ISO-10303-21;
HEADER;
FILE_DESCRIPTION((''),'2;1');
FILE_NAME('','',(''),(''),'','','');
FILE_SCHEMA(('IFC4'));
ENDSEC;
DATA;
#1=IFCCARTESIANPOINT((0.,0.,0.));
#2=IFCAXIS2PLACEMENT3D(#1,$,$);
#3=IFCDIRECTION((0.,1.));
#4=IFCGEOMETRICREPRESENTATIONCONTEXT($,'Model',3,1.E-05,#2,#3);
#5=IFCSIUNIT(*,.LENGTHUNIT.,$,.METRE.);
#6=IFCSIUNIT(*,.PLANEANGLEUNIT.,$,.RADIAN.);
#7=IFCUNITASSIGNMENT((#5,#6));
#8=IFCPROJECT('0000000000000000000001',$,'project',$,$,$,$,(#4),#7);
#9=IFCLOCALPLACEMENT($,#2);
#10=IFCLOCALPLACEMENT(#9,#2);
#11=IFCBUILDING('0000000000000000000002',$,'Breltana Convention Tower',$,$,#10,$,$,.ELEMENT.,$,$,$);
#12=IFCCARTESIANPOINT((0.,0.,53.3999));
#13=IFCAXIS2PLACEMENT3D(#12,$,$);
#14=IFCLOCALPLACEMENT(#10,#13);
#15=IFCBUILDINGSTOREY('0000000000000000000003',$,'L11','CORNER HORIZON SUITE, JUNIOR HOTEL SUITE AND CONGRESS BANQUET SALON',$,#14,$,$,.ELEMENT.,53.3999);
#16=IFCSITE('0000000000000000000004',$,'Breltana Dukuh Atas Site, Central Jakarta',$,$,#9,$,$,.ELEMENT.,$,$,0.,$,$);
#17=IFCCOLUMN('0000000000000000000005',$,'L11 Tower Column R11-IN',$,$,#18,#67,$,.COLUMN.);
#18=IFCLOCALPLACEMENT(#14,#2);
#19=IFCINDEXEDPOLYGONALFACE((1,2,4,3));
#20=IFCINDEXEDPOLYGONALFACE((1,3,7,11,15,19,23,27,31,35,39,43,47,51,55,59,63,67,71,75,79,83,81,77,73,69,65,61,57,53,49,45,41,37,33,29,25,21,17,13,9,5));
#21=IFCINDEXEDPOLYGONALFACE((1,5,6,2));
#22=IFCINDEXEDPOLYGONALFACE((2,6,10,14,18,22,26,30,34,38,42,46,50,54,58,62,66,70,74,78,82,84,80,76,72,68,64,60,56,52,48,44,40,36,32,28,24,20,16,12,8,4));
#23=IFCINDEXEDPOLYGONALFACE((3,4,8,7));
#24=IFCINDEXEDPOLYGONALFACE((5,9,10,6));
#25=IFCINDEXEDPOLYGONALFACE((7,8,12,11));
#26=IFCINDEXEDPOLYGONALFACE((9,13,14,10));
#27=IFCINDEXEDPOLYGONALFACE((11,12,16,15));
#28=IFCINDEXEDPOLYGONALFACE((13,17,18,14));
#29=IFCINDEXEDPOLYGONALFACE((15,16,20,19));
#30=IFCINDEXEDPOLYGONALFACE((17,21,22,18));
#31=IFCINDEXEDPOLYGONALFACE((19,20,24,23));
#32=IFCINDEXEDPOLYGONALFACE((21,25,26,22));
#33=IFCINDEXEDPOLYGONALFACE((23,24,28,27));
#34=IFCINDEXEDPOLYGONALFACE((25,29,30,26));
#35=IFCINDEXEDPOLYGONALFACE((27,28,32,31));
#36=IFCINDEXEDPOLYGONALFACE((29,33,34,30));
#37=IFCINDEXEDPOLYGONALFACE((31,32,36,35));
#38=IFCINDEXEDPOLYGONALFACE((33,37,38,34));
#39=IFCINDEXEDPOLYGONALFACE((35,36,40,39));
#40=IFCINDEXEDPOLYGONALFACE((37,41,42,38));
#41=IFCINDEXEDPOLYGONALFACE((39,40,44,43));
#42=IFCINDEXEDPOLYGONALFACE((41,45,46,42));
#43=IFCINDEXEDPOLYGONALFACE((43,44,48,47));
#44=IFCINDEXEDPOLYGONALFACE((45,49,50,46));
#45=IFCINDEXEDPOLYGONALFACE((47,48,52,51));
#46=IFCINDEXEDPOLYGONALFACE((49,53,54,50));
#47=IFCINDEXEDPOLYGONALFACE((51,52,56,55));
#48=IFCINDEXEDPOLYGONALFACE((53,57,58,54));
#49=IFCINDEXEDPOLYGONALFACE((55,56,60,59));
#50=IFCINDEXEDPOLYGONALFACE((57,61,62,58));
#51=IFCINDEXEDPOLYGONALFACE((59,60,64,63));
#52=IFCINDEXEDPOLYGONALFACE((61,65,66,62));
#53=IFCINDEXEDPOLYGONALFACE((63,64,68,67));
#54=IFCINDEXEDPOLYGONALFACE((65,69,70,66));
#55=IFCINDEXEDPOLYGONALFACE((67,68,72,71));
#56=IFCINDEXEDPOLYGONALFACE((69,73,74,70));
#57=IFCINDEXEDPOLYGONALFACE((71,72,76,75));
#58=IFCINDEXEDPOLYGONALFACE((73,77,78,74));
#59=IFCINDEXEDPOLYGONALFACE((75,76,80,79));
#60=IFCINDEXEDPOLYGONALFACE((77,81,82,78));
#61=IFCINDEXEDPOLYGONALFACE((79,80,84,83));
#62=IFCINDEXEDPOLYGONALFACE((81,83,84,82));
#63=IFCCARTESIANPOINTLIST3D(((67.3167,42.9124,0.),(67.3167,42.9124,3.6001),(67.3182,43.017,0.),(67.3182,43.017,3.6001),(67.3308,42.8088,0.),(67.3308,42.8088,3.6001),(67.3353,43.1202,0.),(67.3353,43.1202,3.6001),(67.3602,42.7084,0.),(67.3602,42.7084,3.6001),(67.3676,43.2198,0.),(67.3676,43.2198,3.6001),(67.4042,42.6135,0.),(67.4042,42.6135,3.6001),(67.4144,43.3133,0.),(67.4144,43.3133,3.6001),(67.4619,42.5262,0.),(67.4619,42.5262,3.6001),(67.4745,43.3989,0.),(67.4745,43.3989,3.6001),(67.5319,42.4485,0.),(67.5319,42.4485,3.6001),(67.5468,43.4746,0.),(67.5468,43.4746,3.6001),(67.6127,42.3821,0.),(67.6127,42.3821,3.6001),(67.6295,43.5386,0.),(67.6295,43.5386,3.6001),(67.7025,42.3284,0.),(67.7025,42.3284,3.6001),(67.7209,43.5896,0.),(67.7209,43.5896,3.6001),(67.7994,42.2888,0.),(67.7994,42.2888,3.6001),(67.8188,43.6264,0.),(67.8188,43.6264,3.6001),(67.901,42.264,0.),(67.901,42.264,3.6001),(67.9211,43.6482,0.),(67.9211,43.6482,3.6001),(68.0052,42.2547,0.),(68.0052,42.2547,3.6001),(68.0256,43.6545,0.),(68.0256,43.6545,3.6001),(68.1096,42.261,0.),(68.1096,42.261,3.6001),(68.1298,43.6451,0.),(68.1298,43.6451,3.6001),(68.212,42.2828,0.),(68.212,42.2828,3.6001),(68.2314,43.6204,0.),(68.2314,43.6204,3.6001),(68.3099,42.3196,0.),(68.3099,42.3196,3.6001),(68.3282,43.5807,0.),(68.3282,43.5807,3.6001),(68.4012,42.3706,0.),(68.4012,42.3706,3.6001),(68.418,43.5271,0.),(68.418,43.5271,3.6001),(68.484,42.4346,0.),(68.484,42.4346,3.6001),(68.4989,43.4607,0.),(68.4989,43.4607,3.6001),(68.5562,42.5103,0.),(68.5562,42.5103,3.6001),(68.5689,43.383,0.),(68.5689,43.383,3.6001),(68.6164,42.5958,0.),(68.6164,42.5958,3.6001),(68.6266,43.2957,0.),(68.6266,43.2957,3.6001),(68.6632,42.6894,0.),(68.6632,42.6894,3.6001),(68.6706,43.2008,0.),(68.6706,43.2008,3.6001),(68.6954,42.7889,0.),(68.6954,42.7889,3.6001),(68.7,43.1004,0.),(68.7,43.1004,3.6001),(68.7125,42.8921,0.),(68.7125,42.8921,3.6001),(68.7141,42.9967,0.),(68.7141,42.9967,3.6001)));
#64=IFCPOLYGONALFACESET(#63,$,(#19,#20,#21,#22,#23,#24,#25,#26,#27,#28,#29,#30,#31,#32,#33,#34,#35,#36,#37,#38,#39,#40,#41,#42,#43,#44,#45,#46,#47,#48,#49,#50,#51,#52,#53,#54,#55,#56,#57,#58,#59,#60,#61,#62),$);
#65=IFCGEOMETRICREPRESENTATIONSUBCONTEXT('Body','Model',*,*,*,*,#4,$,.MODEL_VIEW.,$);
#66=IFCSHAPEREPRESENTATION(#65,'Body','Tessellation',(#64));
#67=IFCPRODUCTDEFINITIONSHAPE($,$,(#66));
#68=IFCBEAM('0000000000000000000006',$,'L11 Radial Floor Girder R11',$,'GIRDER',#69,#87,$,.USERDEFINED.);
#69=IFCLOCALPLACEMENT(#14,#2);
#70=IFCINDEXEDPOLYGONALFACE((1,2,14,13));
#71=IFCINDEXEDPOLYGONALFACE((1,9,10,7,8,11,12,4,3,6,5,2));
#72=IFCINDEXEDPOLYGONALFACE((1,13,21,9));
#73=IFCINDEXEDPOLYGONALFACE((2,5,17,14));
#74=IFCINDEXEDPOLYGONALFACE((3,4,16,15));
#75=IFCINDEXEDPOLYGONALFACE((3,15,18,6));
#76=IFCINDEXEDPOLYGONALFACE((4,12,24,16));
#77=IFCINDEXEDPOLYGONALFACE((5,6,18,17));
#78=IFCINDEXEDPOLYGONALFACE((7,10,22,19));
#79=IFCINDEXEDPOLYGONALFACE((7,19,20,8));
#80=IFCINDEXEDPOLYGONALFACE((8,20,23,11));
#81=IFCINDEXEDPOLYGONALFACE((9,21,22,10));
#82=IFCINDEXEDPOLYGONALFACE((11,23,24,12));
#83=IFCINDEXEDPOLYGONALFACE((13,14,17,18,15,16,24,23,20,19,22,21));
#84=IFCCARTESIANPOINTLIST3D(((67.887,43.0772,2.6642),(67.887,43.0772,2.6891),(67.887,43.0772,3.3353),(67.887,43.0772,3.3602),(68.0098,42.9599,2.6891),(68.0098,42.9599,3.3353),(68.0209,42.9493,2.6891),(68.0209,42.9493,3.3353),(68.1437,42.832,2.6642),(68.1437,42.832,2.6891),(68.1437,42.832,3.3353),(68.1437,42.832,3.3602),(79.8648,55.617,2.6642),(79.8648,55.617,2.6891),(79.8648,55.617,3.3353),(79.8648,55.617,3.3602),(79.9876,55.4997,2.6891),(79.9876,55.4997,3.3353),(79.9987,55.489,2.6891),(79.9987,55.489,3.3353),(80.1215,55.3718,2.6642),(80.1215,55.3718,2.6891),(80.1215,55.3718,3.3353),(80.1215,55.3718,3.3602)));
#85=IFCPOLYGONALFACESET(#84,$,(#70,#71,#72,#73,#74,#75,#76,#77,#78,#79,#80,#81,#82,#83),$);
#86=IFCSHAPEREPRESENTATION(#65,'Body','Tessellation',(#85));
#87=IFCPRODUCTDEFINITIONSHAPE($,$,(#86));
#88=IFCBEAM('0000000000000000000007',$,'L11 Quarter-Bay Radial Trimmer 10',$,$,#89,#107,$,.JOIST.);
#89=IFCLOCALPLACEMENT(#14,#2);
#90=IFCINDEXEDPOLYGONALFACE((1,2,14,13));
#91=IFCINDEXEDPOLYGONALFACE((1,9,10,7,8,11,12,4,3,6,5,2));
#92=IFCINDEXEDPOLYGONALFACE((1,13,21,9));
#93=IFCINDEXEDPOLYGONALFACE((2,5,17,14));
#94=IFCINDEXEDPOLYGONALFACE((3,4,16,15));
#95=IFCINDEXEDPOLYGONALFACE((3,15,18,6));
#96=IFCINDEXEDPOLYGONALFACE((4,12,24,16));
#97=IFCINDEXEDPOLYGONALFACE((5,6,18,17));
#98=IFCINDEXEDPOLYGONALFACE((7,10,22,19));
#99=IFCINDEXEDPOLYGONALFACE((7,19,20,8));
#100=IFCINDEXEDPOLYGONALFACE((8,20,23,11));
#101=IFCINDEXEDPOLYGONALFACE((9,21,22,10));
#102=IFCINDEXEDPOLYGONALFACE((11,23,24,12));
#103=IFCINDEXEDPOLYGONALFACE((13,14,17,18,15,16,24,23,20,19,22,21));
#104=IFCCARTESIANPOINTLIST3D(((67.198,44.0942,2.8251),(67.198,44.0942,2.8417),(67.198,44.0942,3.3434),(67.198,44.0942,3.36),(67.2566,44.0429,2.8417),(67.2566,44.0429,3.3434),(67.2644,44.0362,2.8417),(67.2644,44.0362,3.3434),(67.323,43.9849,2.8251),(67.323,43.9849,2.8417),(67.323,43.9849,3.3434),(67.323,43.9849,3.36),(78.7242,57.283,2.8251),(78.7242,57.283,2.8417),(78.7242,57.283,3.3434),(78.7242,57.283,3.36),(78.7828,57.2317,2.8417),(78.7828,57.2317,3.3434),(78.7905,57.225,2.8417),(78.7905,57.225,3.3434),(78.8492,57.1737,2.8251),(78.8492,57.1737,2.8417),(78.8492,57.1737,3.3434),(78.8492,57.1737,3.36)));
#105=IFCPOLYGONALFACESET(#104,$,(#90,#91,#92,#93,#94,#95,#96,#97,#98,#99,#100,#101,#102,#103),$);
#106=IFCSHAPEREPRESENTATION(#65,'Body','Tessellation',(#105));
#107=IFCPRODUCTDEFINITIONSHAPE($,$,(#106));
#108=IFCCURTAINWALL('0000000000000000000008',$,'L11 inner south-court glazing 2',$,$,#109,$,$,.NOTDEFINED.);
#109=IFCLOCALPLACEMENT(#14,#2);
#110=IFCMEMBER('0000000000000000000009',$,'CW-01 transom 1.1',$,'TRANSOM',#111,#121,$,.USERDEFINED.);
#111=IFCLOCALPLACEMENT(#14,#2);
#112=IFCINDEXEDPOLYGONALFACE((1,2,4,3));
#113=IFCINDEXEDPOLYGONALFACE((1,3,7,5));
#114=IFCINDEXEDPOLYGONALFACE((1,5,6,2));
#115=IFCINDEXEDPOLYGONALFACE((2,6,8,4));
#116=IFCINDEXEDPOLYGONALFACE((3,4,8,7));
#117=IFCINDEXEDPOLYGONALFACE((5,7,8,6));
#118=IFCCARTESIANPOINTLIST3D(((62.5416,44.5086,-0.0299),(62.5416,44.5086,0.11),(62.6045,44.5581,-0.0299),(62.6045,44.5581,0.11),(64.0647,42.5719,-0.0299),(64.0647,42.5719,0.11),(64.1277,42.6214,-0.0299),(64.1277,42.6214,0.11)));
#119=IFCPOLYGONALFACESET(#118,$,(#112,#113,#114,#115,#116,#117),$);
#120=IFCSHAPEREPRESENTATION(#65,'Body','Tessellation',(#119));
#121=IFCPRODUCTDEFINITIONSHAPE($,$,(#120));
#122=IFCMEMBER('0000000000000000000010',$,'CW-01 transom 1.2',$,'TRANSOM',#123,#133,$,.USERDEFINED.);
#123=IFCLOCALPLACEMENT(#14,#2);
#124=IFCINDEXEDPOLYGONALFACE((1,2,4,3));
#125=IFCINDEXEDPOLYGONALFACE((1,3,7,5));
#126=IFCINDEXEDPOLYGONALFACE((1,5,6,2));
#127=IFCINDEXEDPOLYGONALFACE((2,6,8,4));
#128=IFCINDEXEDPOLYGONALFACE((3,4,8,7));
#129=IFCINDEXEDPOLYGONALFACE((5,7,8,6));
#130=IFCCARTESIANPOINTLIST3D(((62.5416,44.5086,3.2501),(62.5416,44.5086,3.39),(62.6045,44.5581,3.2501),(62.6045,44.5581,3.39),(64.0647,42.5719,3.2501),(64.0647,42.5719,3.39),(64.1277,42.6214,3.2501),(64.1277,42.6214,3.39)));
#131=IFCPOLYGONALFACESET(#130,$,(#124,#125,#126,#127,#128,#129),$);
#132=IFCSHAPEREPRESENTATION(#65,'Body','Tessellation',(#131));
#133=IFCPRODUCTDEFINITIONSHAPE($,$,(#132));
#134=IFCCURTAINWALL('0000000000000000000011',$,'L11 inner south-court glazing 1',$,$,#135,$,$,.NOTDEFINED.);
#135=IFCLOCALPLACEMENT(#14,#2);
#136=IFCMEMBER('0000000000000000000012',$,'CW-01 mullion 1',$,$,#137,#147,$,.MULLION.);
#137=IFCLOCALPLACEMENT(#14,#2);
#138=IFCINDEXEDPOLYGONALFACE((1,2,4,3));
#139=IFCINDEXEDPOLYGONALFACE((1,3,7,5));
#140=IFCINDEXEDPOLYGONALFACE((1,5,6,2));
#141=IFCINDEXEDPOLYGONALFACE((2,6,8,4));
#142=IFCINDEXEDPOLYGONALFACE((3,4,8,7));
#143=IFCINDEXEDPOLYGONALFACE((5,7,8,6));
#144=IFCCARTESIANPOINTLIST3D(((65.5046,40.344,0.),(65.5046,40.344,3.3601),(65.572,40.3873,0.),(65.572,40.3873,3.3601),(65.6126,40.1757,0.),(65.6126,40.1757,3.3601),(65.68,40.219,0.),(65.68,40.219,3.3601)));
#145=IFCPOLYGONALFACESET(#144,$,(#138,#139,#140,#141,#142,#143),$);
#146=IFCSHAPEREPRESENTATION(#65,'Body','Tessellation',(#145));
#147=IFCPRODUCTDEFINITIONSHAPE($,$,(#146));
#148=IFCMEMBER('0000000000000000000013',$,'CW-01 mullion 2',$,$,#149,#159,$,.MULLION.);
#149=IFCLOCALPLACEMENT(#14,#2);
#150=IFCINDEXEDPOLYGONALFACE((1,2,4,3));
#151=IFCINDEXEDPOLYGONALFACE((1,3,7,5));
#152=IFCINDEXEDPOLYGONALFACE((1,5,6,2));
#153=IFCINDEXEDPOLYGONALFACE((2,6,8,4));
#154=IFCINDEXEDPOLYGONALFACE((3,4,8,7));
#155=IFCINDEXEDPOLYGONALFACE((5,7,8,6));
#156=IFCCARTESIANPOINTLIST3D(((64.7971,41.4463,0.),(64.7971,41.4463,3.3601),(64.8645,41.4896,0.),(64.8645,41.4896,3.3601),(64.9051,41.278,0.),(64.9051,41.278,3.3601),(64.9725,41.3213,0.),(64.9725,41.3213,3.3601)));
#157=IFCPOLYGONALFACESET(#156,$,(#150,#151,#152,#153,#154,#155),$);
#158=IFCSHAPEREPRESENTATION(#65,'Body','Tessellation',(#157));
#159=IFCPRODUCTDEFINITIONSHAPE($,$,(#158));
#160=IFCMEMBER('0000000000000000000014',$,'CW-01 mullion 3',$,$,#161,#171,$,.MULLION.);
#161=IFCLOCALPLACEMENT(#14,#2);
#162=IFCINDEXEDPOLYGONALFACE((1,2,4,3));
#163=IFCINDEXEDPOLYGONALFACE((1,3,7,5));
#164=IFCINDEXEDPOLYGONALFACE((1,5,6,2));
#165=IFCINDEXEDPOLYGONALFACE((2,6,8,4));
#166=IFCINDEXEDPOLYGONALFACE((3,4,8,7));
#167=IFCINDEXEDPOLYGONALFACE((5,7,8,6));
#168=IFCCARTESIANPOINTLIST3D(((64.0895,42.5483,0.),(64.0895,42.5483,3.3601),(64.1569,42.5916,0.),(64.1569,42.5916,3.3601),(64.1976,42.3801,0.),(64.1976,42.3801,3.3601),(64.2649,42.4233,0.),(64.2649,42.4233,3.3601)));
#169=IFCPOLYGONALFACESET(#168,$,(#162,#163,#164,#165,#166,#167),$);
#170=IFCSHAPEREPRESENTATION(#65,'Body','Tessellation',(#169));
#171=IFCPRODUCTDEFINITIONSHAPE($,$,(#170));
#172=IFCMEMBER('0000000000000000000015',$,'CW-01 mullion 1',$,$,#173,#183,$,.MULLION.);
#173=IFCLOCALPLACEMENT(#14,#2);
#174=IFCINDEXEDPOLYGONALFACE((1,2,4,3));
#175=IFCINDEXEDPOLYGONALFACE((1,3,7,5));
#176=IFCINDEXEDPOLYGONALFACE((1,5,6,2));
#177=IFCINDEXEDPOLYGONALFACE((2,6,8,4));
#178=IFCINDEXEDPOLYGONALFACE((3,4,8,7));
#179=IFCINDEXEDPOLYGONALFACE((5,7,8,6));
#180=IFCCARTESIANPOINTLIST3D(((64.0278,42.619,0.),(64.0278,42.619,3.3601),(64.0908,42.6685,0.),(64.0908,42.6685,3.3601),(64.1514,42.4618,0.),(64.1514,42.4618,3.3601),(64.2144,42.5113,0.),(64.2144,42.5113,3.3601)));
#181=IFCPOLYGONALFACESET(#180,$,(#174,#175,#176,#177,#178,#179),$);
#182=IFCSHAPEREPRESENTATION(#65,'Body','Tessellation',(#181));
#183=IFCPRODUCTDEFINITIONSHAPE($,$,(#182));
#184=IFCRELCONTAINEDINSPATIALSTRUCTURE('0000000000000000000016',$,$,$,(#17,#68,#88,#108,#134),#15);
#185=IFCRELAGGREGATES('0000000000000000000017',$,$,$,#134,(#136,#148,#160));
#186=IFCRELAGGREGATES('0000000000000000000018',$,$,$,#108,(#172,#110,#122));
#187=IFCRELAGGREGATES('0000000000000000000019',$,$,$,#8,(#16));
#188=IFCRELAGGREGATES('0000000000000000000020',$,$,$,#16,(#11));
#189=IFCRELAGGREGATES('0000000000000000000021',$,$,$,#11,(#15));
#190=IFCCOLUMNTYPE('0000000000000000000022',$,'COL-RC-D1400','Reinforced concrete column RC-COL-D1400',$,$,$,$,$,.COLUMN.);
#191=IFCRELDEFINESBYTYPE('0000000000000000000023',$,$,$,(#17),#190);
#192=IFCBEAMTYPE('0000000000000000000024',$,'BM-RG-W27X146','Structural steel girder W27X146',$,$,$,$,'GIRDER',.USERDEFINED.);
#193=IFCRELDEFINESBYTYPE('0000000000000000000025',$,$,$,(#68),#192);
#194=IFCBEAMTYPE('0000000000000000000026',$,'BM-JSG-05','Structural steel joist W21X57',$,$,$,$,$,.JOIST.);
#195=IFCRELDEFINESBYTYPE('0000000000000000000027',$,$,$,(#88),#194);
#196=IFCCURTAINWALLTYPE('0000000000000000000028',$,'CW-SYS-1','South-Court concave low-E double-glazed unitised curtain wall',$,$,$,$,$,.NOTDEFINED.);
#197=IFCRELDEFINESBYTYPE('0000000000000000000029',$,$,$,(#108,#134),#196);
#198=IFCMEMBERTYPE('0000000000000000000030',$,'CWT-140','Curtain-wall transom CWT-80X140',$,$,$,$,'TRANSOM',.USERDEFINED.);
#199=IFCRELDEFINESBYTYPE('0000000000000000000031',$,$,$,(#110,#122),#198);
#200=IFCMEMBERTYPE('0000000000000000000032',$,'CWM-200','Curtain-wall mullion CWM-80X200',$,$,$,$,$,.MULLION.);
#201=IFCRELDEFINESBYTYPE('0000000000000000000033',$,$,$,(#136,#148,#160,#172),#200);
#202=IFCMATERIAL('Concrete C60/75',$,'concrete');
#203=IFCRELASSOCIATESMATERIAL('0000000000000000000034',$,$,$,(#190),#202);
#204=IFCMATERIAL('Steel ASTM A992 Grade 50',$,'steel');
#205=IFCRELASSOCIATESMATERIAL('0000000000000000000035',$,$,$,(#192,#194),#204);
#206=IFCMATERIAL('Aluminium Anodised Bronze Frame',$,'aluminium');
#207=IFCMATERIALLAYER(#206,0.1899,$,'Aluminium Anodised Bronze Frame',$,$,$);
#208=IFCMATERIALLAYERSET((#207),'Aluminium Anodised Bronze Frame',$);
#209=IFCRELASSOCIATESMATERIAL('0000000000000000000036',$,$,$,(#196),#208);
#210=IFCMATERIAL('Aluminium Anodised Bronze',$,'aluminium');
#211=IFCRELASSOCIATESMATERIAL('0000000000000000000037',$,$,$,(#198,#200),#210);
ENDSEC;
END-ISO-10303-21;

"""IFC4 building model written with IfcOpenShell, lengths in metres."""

from ifc_helpers import new_model, si_unit, direction, frame, origin, origin_2d, place, context, subcontext, project, spatial, rectangle, circle, i_section, extrude, source, transform, mapped, material, layer, layer_set, material_profile, profile_set, type_object, type_shapes, element, aggregate, save


model = new_model("IFC4")

# Units and contexts
model_context = context("Model", 3, precision=1e-05, world=origin(), true_north=direction((0.0, 1.0)))
body_context = subcontext(model_context, "Body", "Model", "MODEL_VIEW")
ifc_project = project(units=[si_unit("LENGTHUNIT", "METRE"), si_unit("PLANEANGLEUNIT", "RADIAN")], contexts=[model_context])

# Site, building, storey
site_placement = place(None, origin())
site = spatial("IfcSite", under=ifc_project, at=site_placement, Name="Breltana Dukuh Atas Site, Central Jakarta", CompositionType="ELEMENT", RefElevation=0.0)
building_placement = place(site_placement, origin())
building = spatial("IfcBuilding", under=site, at=building_placement, Name="Breltana Convention Tower", CompositionType="ELEMENT")
storey_placement = place(building_placement, frame((0.0, 0.0, 53.3999)))
storey = spatial("IfcBuildingStorey", under=building, at=storey_placement, Name="L11", Description="CORNER HORIZON SUITE, JUNIOR HOTEL SUITE AND CONGRESS BANQUET SALON", CompositionType="ELEMENT", Elevation=53.3999)

# Column
ifc_material_1 = material(Name="Concrete C60/75", Category="concrete")
ifc_material_profile_1 = material_profile(ifc_material_1, circle(Radius=0.7, at=origin_2d()), Name="RC-COL-D1400")
ifc_profile_set_1 = profile_set([ifc_material_profile_1], Name="Concrete C60/75")
column_type = type_object("IfcColumnType", Name="COL-RC-D1400", Description="Reinforced concrete column RC-COL-D1400", PredefinedType="COLUMN", material=ifc_profile_set_1)
shared_shape_1 = source(origin(), body_context, "Body", "SweptSolid", [
    extrude(circle(Radius=0.7, at=origin_2d()), origin(), (0.0, 0.0, 1.0), 3.6001),
])
column_placement = place(storey_placement, frame((68.0154, 42.9546, 0.0), z_axis=(0.0, 0.0, 1.0), x_axis=(0.690756, 0.723088, 0.0)))
element("IfcColumn", 1, at=column_placement, inside=storey, type_object=column_type, Name="L11 Tower Column R11-IN", PredefinedType="COLUMN", context=body_context, shape_type="MappedRepresentation", body=[
    mapped(shared_shape_1, transform((0.0, 0.0, 0.0), scale=1.0)),
])

# Beams
ifc_material_2 = material(Name="Steel ASTM A992 Grade 50", Category="steel")
ifc_material_profile_2 = material_profile(ifc_material_2, i_section(OverallWidth=0.355, OverallDepth=0.696, WebThickness=0.0154, FlangeThickness=0.0249, at=origin_2d()), Name="W27X146")
ifc_profile_set_2 = profile_set([ifc_material_profile_2], Name="Steel ASTM A992 Grade 50")
beam_type_1 = type_object("IfcBeamType", Name="BM-RG-W27X146", Description="Structural steel girder W27X146", ElementType="GIRDER", PredefinedType="USERDEFINED", material=ifc_profile_set_2)
shared_shape_2 = source(origin(), body_context, "Body", "SweptSolid", [
    extrude(i_section(OverallWidth=0.355, OverallDepth=0.696, WebThickness=0.0154, FlangeThickness=0.0249, at=origin_2d()), origin(), (0.0, 0.0, 1.0), 17.3411),
])
type_shapes(beam_type_1, [shared_shape_2])
beam_1_placement = place(storey_placement, frame((68.0154, 42.9546, 3.0122), z_axis=(0.690716, 0.723126, 0.0), x_axis=(-0.723126, 0.690716, 0.0)))
element("IfcBeam", 2, at=beam_1_placement, inside=storey, type_object=beam_type_1, Name="L11 Radial Floor Girder R11", ObjectType="GIRDER", PredefinedType="USERDEFINED", context=body_context, shape_type="MappedRepresentation", body=[
    mapped(shared_shape_2, transform((0.0, 0.0, 0.0), scale=1.0)),
])
ifc_material_profile_3 = material_profile(ifc_material_2, i_section(OverallWidth=0.166, OverallDepth=0.5349, WebThickness=0.0103, FlangeThickness=0.0166, at=origin_2d()), Name="W21X57")
ifc_profile_set_3 = profile_set([ifc_material_profile_3], Name="Steel ASTM A992 Grade 50")
beam_type_2 = type_object("IfcBeamType", Name="BM-JSG-05", Description="Structural steel joist W21X57", PredefinedType="JOIST", material=ifc_profile_set_3)
shared_shape_3 = source(origin(), body_context, "Body", "SweptSolid", [
    extrude(i_section(OverallWidth=0.166, OverallDepth=0.5349, WebThickness=0.0103, FlangeThickness=0.0166, at=origin_2d()), origin(), (0.0, 0.0, 1.0), 17.5156),
])
beam_2_placement = place(storey_placement, frame((67.2605, 44.0396, 3.0925), z_axis=(0.658052, 0.752973, 0.0), x_axis=(-0.752973, 0.658052, 0.0)))
element("IfcBeam", 3, at=beam_2_placement, inside=storey, type_object=beam_type_2, Name="L11 Quarter-Bay Radial Trimmer 10", PredefinedType="JOIST", context=body_context, shape_type="MappedRepresentation", body=[
    mapped(shared_shape_3, transform((0.0, 0.0, 0.0), scale=1.0)),
])

# Curtain walls, members
ifc_material_3 = material(Name="Aluminium Anodised Bronze Frame", Category="aluminium")
ifc_layer_1 = layer(ifc_material_3, 0.1899, Name="Aluminium Anodised Bronze Frame")
ifc_layer_set_1 = layer_set([ifc_layer_1], Name="Aluminium Anodised Bronze Frame")
curtain_wall_type = type_object("IfcCurtainWallType", Name="CW-SYS-1", Description="South-Court concave low-E double-glazed unitised curtain wall", PredefinedType="NOTDEFINED", material=ifc_layer_set_1)
curtain_wall_1_placement = place(storey_placement, origin())
curtain_wall_1 = element("IfcCurtainWall", 4, at=curtain_wall_1_placement, inside=storey, type_object=curtain_wall_type, Name="L11 inner south-court glazing 2", PredefinedType="NOTDEFINED")
ifc_material_4 = material(Name="Aluminium Anodised Bronze", Category="aluminium")
ifc_material_profile_4 = material_profile(ifc_material_4, rectangle(XDim=0.0801, YDim=0.1399, at=origin_2d()), Name="CWT-80X140")
ifc_profile_set_4 = profile_set([ifc_material_profile_4], Name="Aluminium Anodised Bronze")
member_type_1 = type_object("IfcMemberType", Name="CWT-140", Description="Curtain-wall transom CWT-80X140", ElementType="TRANSOM", PredefinedType="USERDEFINED", material=ifc_profile_set_4)
shared_shape_4 = source(origin(), body_context, "Body", "SweptSolid", [
    extrude(rectangle(XDim=0.0801, YDim=0.1399, at=origin_2d()), origin(), (0.0, 0.0, 1.0), 2.4639),
])
member_1_placement = place(storey_placement, frame((64.0962, 42.5967, 0.04), z_axis=(-0.618185, 0.786033, 0.0), x_axis=(-0.786033, -0.618185, 0.0)))
member_1 = element("IfcMember", 5, at=member_1_placement, type_object=member_type_1, Name="CW-01 transom 1.1", ObjectType="TRANSOM", PredefinedType="USERDEFINED", context=body_context, shape_type="MappedRepresentation", body=[
    mapped(shared_shape_4, transform((0.0, 0.0, 0.0), scale=1.0)),
])
member_2_placement = place(storey_placement, frame((64.0962, 42.5967, 3.3201), z_axis=(-0.618185, 0.786033, 0.0), x_axis=(-0.786033, -0.618185, 0.0)))
member_2 = element("IfcMember", 6, at=member_2_placement, type_object=member_type_1, Name="CW-01 transom 1.2", ObjectType="TRANSOM", PredefinedType="USERDEFINED", context=body_context, shape_type="MappedRepresentation", body=[
    mapped(shared_shape_4, transform((0.0, 0.0, 0.0), scale=1.0)),
])
curtain_wall_2_placement = place(storey_placement, origin())
curtain_wall_2 = element("IfcCurtainWall", 7, at=curtain_wall_2_placement, inside=storey, type_object=curtain_wall_type, Name="L11 inner south-court glazing 1", PredefinedType="NOTDEFINED")
ifc_material_profile_5 = material_profile(ifc_material_4, rectangle(XDim=0.0801, YDim=0.2, at=origin_2d()), Name="CWM-80X200")
ifc_profile_set_5 = profile_set([ifc_material_profile_5], Name="Aluminium Anodised Bronze")
member_type_2 = type_object("IfcMemberType", Name="CWM-200", Description="Curtain-wall mullion CWM-80X200", PredefinedType="MULLION", material=ifc_profile_set_5)
shared_shape_5 = source(origin(), body_context, "Body", "SweptSolid", [
    extrude(rectangle(XDim=0.0801, YDim=0.2, at=origin_2d()), origin(), (0.0, 0.0, 1.0), 3.3601),
])
member_3_placement = place(storey_placement, frame((65.5923, 40.2815, 0.0), z_axis=(0.0, 0.0, 1.0), x_axis=(-0.841556, -0.54017, 0.0)))
member_3 = element("IfcMember", 8, at=member_3_placement, type_object=member_type_2, Name="CW-01 mullion 1", PredefinedType="MULLION", context=body_context, shape_type="MappedRepresentation", body=[
    mapped(shared_shape_5, transform((0.0, 0.0, 0.0), scale=1.0)),
])
member_4_placement = place(storey_placement, frame((64.8848, 41.3838, 0.0), z_axis=(0.0, 0.0, 1.0), x_axis=(-0.841556, -0.54017, 0.0)))
member_4 = element("IfcMember", 9, at=member_4_placement, type_object=member_type_2, Name="CW-01 mullion 2", PredefinedType="MULLION", context=body_context, shape_type="MappedRepresentation", body=[
    mapped(shared_shape_5, transform((0.0, 0.0, 0.0), scale=1.0)),
])
member_5_placement = place(storey_placement, frame((64.1772, 42.4858, 0.0), z_axis=(0.0, 0.0, 1.0), x_axis=(-0.841556, -0.54017, 0.0)))
member_5 = element("IfcMember", 10, at=member_5_placement, type_object=member_type_2, Name="CW-01 mullion 3", PredefinedType="MULLION", context=body_context, shape_type="MappedRepresentation", body=[
    mapped(shared_shape_5, transform((0.0, 0.0, 0.0), scale=1.0)),
])

# Member
member_6_placement = place(storey_placement, frame((64.1211, 42.5652, 0.0), z_axis=(0.0, 0.0, 1.0), x_axis=(-0.786058, -0.618153, 0.0)))
member_6 = element("IfcMember", 11, at=member_6_placement, type_object=member_type_2, Name="CW-01 mullion 1", PredefinedType="MULLION", context=body_context, shape_type="MappedRepresentation", body=[
    mapped(shared_shape_5, transform((0.0, 0.0, 0.0), scale=1.0)),
])

aggregate(curtain_wall_2, [member_3, member_4, member_5])
aggregate(curtain_wall_1, [member_6, member_1, member_2])

save(model, "model.ifc")
